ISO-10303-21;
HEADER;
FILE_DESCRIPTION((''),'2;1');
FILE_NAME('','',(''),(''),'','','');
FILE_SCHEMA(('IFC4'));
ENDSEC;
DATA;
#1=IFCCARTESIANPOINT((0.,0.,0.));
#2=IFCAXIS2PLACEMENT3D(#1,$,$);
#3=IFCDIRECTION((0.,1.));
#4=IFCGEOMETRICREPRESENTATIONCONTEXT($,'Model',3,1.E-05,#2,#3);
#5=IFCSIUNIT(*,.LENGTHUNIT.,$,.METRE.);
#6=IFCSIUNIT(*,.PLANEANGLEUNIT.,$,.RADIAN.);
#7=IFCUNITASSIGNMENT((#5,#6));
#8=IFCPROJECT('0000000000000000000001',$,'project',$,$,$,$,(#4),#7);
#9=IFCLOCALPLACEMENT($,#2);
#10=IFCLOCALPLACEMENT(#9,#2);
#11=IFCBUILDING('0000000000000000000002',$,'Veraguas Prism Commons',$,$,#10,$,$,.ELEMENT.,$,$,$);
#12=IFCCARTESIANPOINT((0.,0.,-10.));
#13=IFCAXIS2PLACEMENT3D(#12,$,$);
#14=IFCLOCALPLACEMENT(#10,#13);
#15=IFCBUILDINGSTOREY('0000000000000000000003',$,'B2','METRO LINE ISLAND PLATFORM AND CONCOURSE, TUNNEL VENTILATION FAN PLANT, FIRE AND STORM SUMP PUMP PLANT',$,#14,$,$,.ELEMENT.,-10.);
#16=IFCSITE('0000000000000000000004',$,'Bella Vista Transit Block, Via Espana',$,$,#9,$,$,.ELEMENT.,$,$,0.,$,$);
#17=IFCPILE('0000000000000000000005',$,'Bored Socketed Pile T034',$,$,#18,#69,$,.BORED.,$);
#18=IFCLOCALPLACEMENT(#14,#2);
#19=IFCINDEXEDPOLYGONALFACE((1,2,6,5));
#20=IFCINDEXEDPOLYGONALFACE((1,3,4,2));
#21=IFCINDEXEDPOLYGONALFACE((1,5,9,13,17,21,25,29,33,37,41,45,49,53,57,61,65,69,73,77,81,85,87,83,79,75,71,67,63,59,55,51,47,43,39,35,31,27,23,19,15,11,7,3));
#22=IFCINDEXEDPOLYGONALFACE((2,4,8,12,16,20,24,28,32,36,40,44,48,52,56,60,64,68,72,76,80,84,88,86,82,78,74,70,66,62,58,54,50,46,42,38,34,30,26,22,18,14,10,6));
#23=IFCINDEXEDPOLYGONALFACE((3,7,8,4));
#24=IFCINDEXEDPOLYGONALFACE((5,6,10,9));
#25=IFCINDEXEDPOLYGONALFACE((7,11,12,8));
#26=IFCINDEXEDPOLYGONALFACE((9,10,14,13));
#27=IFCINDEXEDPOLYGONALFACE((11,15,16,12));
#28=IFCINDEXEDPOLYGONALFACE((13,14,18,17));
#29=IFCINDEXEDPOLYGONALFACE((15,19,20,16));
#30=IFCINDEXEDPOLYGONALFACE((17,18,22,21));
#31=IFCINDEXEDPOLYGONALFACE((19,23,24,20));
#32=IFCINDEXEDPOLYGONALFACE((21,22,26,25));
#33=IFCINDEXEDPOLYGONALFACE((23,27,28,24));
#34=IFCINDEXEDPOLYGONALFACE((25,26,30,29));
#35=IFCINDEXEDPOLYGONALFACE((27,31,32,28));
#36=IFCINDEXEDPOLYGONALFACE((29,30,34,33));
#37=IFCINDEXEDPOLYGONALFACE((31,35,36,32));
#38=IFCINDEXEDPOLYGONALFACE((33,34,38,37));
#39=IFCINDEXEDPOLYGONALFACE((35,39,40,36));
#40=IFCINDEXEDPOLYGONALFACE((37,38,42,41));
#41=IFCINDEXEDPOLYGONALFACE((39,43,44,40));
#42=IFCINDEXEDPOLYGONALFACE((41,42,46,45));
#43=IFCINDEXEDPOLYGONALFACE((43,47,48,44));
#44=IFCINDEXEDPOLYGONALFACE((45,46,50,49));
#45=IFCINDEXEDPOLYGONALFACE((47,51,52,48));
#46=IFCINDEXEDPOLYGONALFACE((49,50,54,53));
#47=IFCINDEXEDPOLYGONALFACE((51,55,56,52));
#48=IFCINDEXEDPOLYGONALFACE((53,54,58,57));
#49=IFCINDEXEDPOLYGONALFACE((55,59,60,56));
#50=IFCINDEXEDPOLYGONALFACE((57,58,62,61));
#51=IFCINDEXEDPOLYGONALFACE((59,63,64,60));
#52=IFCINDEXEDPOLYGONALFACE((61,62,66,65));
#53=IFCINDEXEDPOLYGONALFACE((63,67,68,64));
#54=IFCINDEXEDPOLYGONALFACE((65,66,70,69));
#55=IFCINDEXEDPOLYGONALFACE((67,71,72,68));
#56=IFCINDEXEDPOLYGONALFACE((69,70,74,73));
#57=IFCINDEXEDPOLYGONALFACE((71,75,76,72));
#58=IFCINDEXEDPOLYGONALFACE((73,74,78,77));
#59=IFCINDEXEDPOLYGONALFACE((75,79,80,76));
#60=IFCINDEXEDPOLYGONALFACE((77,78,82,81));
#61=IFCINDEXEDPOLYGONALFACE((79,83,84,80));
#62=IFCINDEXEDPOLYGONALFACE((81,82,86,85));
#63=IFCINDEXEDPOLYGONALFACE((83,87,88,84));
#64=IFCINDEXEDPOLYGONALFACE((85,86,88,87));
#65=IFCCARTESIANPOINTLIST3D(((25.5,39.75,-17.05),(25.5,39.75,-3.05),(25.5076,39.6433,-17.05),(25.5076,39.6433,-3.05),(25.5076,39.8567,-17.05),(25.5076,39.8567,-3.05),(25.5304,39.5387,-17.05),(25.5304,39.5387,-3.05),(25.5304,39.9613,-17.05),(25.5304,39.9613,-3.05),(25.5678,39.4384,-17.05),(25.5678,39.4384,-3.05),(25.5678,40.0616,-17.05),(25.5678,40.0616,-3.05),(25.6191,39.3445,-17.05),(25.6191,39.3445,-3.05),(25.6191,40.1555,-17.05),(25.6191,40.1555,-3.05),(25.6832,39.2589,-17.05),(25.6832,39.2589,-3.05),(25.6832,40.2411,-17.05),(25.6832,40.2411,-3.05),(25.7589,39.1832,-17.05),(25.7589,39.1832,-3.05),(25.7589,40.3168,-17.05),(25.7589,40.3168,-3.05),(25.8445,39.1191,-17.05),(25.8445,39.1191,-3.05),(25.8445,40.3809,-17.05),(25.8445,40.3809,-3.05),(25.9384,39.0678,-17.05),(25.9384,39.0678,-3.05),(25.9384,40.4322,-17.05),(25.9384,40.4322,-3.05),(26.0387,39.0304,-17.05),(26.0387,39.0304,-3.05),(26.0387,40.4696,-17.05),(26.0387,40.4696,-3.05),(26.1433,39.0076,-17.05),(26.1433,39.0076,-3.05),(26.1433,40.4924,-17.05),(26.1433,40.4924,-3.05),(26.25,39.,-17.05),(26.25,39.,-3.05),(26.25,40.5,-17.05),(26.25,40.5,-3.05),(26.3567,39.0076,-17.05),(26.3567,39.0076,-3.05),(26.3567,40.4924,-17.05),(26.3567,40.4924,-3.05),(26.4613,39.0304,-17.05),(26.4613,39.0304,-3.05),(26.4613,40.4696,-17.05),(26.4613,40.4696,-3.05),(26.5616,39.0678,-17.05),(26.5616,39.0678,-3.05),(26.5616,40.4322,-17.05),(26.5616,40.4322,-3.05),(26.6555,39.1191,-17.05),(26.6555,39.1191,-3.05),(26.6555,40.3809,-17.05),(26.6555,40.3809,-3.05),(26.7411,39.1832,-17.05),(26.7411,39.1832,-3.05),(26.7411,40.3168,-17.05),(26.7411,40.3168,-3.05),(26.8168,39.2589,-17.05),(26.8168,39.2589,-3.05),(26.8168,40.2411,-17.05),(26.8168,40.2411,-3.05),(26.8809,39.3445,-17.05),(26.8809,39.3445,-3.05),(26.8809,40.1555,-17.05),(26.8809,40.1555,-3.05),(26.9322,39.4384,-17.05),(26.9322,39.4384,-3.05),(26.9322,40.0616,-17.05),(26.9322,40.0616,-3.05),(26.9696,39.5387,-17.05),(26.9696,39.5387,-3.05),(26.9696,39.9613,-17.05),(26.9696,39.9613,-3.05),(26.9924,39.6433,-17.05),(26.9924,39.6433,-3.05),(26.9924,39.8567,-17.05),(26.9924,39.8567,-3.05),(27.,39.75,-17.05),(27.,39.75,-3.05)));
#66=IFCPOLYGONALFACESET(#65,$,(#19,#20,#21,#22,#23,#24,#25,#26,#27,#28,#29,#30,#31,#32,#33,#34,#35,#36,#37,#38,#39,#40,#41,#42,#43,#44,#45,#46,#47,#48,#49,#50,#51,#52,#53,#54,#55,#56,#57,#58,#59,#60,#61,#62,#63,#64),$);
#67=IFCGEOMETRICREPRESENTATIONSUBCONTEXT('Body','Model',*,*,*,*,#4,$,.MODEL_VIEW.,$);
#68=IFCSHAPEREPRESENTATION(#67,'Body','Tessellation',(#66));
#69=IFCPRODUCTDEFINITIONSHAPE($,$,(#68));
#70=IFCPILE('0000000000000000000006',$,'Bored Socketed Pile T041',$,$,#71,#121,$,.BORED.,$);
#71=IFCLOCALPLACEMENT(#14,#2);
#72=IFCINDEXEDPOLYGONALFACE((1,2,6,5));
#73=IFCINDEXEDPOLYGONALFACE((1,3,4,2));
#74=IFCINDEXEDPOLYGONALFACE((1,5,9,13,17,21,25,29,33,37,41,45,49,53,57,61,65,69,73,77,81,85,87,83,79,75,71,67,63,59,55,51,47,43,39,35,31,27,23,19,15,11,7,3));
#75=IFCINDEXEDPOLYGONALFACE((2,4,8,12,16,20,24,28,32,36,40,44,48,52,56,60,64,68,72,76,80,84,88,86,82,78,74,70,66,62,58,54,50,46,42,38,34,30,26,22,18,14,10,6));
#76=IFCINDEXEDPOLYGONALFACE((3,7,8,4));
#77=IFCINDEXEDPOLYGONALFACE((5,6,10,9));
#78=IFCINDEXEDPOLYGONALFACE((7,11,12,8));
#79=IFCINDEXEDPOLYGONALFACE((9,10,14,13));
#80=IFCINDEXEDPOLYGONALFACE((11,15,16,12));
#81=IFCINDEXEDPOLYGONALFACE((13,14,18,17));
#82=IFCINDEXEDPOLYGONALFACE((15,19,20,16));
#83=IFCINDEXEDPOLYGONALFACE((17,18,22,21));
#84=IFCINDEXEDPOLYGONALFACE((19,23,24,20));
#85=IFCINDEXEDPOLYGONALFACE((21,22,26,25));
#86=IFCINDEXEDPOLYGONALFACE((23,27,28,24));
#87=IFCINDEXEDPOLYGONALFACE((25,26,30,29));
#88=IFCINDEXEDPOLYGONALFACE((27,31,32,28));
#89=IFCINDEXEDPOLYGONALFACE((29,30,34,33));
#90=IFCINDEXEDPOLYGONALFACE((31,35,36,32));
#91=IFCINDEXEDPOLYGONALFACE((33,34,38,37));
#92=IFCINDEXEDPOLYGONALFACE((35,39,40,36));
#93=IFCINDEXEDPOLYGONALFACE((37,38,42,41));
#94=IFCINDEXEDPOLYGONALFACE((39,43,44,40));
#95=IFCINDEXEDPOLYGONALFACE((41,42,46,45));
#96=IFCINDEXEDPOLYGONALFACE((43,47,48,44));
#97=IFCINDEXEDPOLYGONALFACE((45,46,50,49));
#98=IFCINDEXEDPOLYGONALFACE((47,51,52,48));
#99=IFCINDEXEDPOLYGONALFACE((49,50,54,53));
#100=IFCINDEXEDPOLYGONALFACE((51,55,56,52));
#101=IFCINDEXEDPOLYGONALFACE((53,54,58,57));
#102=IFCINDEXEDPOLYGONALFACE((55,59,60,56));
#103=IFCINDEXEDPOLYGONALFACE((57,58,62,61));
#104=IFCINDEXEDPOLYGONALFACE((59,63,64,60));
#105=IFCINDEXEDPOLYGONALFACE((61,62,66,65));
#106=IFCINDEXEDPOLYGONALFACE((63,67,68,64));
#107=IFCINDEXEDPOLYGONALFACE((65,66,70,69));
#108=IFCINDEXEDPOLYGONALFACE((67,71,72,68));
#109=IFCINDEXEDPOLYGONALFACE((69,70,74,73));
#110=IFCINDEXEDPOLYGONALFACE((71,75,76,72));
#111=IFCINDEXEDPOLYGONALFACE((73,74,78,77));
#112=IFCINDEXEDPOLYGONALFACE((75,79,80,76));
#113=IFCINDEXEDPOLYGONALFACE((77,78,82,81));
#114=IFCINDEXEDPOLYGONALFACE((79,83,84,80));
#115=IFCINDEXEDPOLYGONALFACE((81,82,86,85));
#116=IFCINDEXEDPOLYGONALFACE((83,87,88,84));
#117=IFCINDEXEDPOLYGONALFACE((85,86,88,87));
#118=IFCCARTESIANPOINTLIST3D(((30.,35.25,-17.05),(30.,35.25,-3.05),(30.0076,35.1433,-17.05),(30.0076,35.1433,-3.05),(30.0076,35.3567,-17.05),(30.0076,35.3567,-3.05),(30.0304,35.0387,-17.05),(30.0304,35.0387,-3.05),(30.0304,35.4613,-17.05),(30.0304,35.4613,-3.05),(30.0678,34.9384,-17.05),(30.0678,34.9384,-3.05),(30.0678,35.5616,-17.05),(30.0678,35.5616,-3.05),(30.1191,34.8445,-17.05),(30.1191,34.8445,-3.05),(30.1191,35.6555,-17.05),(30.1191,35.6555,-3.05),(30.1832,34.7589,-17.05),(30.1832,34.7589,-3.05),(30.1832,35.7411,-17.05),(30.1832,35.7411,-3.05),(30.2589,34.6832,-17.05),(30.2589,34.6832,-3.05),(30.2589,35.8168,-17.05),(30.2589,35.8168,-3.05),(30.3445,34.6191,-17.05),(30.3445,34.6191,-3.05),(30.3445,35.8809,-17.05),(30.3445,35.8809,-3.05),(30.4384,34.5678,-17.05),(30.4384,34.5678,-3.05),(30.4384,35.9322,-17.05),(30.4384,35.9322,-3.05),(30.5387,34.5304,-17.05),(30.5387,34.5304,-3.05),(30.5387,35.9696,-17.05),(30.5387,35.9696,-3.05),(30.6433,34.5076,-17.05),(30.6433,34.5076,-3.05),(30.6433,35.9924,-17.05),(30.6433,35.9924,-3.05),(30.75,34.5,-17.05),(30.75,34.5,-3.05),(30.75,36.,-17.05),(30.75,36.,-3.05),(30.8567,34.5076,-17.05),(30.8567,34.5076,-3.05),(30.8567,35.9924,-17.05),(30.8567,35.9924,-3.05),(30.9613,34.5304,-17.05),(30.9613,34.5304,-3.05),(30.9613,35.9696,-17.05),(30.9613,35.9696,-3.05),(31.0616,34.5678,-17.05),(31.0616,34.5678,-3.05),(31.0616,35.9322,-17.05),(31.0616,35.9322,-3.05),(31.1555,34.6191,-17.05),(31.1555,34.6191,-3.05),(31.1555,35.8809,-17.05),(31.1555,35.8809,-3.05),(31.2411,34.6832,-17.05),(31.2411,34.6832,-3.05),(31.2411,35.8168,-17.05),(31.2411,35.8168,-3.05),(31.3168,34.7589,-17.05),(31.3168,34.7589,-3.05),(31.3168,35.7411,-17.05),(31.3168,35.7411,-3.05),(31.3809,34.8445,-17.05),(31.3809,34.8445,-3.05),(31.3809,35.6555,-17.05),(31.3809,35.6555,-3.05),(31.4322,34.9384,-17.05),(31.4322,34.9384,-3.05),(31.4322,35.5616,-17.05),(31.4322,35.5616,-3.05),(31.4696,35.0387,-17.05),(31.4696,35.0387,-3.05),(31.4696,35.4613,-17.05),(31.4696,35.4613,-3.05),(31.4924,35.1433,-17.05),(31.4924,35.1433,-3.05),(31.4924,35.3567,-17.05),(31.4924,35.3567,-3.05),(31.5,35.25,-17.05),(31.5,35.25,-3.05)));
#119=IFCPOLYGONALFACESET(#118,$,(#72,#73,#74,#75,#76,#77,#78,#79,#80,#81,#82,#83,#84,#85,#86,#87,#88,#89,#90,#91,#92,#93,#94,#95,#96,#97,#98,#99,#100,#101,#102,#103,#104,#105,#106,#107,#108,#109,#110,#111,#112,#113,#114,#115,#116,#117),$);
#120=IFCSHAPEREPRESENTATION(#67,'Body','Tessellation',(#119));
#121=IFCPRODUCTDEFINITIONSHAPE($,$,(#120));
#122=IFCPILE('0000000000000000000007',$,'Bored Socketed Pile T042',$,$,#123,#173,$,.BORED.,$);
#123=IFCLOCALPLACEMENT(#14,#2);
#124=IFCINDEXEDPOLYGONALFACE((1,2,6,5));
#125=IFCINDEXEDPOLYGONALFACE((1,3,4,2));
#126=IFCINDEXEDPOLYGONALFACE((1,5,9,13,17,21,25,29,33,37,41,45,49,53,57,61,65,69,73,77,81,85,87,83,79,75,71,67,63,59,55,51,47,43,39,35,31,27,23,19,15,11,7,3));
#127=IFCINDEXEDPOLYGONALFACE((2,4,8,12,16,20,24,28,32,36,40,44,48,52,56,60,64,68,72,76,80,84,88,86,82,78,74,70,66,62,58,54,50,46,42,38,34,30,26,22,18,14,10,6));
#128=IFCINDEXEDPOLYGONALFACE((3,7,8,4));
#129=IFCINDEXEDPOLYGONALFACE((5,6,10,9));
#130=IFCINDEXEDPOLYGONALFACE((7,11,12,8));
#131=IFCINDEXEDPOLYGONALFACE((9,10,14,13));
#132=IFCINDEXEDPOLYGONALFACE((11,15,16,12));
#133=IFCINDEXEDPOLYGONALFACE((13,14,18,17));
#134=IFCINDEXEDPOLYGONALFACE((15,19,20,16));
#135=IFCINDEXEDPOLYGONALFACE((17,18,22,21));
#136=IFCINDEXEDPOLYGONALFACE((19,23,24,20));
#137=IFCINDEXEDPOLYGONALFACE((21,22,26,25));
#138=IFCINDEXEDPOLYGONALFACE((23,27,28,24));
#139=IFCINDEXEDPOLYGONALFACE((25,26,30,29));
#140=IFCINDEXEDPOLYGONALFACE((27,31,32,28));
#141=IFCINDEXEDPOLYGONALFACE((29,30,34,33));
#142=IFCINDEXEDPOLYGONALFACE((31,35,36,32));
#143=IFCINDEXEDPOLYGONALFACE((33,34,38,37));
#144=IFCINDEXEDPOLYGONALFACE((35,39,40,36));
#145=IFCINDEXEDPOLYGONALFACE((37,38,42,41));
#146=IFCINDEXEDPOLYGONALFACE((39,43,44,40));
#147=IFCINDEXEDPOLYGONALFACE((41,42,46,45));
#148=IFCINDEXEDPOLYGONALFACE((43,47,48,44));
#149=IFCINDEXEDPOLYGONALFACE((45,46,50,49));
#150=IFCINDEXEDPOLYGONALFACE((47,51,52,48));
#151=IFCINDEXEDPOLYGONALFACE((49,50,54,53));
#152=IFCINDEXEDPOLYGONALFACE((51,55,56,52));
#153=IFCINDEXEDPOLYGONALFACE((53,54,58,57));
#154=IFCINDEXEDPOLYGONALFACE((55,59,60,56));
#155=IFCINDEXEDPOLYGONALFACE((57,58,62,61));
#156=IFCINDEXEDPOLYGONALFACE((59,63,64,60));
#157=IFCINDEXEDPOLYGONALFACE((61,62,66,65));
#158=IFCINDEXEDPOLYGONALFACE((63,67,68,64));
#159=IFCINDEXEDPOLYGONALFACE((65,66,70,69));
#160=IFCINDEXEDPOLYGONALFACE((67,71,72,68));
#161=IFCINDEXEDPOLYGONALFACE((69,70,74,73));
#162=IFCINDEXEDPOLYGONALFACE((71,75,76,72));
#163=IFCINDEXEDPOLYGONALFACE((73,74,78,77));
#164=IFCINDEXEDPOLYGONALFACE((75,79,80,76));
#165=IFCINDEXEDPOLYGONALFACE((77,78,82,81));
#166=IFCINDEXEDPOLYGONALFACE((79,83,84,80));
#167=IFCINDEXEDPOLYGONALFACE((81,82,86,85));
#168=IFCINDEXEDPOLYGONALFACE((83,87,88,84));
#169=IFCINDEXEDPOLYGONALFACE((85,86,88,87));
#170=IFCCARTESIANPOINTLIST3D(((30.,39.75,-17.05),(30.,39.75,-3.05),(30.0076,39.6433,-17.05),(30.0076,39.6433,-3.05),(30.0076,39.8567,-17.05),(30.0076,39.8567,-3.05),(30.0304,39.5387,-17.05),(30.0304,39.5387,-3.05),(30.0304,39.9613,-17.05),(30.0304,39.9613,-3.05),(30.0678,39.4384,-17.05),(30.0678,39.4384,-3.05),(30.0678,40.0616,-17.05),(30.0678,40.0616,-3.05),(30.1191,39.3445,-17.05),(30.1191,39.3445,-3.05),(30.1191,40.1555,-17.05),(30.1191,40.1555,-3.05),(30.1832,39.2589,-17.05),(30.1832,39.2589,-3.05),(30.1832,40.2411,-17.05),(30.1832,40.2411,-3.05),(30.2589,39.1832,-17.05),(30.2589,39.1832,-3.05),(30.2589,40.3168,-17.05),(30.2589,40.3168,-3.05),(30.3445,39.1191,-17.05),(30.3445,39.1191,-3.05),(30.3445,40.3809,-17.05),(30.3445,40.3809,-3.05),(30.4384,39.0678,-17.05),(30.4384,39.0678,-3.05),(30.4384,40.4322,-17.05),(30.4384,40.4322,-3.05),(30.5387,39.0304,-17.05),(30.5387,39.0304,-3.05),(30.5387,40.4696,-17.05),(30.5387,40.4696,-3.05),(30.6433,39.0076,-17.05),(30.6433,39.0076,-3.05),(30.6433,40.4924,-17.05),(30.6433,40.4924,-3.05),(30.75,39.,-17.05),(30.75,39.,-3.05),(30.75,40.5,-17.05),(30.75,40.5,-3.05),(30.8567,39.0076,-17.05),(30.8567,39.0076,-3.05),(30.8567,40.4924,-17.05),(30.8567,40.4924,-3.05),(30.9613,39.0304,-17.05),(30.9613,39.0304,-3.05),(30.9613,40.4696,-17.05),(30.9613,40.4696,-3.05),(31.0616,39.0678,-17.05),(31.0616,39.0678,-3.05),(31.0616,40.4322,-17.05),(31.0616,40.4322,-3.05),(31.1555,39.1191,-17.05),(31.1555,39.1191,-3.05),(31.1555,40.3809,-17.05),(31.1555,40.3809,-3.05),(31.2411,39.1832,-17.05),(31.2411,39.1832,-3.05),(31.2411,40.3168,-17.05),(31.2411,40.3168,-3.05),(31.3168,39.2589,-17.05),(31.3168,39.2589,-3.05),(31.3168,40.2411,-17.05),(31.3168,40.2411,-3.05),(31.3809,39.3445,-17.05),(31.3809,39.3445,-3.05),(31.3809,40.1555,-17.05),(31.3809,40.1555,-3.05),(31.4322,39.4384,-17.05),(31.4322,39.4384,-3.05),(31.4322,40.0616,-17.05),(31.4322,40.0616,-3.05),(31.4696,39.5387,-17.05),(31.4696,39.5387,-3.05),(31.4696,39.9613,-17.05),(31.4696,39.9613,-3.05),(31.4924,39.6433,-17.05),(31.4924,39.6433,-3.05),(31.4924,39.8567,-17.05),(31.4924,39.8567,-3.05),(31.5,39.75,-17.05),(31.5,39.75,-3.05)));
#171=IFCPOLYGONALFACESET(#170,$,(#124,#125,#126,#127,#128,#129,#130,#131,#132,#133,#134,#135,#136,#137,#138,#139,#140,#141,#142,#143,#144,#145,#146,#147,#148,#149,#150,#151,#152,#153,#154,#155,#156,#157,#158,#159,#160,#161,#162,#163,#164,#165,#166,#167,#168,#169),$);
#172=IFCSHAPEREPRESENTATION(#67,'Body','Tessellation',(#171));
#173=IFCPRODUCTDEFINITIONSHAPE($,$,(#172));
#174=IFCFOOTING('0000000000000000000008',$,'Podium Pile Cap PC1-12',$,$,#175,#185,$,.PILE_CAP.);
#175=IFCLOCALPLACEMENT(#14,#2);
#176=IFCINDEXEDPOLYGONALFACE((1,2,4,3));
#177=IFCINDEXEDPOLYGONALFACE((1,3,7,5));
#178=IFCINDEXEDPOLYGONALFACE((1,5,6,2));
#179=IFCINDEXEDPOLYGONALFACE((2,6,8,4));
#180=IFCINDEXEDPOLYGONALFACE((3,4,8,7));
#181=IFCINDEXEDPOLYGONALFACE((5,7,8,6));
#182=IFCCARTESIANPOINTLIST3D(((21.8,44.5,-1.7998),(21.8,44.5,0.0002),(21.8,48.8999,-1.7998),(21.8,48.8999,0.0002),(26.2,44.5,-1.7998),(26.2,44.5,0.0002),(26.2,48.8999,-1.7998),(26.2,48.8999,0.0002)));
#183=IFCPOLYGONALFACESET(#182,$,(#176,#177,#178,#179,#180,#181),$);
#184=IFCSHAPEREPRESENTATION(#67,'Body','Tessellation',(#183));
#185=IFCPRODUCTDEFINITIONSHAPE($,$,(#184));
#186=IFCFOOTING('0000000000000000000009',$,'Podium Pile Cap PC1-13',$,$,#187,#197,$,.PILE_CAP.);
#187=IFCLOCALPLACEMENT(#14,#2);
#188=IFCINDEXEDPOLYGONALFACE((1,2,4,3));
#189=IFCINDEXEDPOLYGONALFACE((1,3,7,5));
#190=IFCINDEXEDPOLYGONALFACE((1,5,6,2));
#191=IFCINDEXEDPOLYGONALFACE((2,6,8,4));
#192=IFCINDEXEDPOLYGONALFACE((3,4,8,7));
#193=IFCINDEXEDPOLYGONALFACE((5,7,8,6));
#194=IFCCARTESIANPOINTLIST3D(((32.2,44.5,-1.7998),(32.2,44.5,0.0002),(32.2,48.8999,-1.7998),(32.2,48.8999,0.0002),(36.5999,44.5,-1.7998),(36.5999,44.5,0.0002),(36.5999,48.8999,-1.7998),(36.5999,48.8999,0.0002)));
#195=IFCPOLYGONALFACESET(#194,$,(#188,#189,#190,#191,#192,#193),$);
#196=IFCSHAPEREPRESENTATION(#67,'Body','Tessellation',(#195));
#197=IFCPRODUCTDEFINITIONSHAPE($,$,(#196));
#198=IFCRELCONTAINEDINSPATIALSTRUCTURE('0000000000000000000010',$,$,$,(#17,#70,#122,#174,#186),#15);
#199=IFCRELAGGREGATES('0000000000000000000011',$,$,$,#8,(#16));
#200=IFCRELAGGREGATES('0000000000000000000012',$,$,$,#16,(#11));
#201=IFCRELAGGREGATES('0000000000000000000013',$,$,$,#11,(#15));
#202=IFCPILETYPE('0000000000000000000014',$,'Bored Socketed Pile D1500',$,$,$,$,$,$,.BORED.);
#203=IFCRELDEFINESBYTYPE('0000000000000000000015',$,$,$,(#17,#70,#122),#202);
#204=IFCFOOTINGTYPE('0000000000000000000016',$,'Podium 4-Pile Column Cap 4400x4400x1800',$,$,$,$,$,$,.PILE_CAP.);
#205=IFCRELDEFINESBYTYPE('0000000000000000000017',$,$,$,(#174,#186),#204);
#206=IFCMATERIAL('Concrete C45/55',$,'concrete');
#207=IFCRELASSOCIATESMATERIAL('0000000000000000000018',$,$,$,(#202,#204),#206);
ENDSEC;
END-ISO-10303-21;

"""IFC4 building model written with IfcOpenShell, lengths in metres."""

from ifc_helpers import new_model, si_unit, direction, frame, origin, origin_2d, place, context, subcontext, project, spatial, rectangle, circle, extrude, source, transform, mapped, material, material_profile, profile_set, type_object, element, save


model = new_model("IFC4")

# Units and contexts
model_context = context("Model", 3, precision=1e-05, world=origin(), true_north=direction((0.0, 1.0)))
body_context = subcontext(model_context, "Body", "Model", "MODEL_VIEW")
ifc_project = project(units=[si_unit("LENGTHUNIT", "METRE"), si_unit("PLANEANGLEUNIT", "RADIAN")], contexts=[model_context])

# Site, building, storey
site_placement = place(None, origin())
site = spatial("IfcSite", under=ifc_project, at=site_placement, Name="Bella Vista Transit Block, Via Espana", CompositionType="ELEMENT", RefElevation=0.0)
building_placement = place(site_placement, origin())
building = spatial("IfcBuilding", under=site, at=building_placement, Name="Veraguas Prism Commons", CompositionType="ELEMENT")
storey_placement = place(building_placement, frame((0.0, 0.0, -10.0)))
storey = spatial("IfcBuildingStorey", under=building, at=storey_placement, Name="B2", Description="METRO LINE ISLAND PLATFORM AND CONCOURSE, TUNNEL VENTILATION FAN PLANT, FIRE AND STORM SUMP PUMP PLANT", CompositionType="ELEMENT", Elevation=-10.0)

# Shared definitions
ifc_material_1 = material(Name="Concrete C45/55", Category="concrete")

# Piles
ifc_material_profile_1 = material_profile(ifc_material_1, circle(Radius=0.75, at=origin_2d()), Name="PILE1500")
ifc_profile_set_1 = profile_set([ifc_material_profile_1], Name="Concrete C45/55")
pile_type_1 = type_object("IfcPileType", Name="Bored Socketed Pile D1500", PredefinedType="BORED", material=ifc_profile_set_1)
shared_shape_1 = source(origin(), body_context, "Body", "SweptSolid", [
    extrude(circle(Radius=0.75, at=origin_2d()), origin(), (0.0, 0.0, 1.0), 14.0),
])
for number, where, z_axis, x_axis, name in (
    (1, (26.25, 39.75, -3.05), (0.0, 0.0, -1.0), (1.0, 0.0, 0.0), "Bored Socketed Pile T034"),
    (2, (30.75, 35.25, -3.05), (0.0, 0.0, -1.0), (1.0, 0.0, 0.0), "Bored Socketed Pile T041"),
    (3, (30.75, 39.75, -3.05), (0.0, 0.0, -1.0), (1.0, 0.0, 0.0), "Bored Socketed Pile T042"),
):
    element("IfcPile", number, at=place(storey_placement, frame(where, z_axis=z_axis, x_axis=x_axis)), inside=storey, type_object=pile_type_1, Name=name, PredefinedType="BORED", context=body_context, shape_type="MappedRepresentation", body=[
        mapped(shared_shape_1, transform((0.0, 0.0, 0.0), scale=1.0)),
    ])

# Footings
footing_type_1 = type_object("IfcFootingType", Name="Podium 4-Pile Column Cap 4400x4400x1800", PredefinedType="PILE_CAP", material=ifc_material_1)
shared_shape_2 = source(origin(), body_context, "Body", "SweptSolid", [
    extrude(rectangle(XDim=4.3999, YDim=4.3999, at=origin_2d()), origin(), (0.0, 0.0, 1.0), 1.8),
])
for number, where, z_axis, x_axis, name in (
    (4, (24.0, 46.7, -1.7998), (0.0, 0.0, 1.0), (1.0, 0.0, 0.0), "Podium Pile Cap PC1-12"),
    (5, (34.3999, 46.7, -1.7998), (0.0, 0.0, 1.0), (1.0, 0.0, 0.0), "Podium Pile Cap PC1-13"),
):
    element("IfcFooting", number, at=place(storey_placement, frame(where, z_axis=z_axis, x_axis=x_axis)), inside=storey, type_object=footing_type_1, Name=name, PredefinedType="PILE_CAP", context=body_context, shape_type="MappedRepresentation", body=[
        mapped(shared_shape_2, transform((0.0, 0.0, 0.0), scale=1.0)),
    ])

save(model, "model.ifc")
